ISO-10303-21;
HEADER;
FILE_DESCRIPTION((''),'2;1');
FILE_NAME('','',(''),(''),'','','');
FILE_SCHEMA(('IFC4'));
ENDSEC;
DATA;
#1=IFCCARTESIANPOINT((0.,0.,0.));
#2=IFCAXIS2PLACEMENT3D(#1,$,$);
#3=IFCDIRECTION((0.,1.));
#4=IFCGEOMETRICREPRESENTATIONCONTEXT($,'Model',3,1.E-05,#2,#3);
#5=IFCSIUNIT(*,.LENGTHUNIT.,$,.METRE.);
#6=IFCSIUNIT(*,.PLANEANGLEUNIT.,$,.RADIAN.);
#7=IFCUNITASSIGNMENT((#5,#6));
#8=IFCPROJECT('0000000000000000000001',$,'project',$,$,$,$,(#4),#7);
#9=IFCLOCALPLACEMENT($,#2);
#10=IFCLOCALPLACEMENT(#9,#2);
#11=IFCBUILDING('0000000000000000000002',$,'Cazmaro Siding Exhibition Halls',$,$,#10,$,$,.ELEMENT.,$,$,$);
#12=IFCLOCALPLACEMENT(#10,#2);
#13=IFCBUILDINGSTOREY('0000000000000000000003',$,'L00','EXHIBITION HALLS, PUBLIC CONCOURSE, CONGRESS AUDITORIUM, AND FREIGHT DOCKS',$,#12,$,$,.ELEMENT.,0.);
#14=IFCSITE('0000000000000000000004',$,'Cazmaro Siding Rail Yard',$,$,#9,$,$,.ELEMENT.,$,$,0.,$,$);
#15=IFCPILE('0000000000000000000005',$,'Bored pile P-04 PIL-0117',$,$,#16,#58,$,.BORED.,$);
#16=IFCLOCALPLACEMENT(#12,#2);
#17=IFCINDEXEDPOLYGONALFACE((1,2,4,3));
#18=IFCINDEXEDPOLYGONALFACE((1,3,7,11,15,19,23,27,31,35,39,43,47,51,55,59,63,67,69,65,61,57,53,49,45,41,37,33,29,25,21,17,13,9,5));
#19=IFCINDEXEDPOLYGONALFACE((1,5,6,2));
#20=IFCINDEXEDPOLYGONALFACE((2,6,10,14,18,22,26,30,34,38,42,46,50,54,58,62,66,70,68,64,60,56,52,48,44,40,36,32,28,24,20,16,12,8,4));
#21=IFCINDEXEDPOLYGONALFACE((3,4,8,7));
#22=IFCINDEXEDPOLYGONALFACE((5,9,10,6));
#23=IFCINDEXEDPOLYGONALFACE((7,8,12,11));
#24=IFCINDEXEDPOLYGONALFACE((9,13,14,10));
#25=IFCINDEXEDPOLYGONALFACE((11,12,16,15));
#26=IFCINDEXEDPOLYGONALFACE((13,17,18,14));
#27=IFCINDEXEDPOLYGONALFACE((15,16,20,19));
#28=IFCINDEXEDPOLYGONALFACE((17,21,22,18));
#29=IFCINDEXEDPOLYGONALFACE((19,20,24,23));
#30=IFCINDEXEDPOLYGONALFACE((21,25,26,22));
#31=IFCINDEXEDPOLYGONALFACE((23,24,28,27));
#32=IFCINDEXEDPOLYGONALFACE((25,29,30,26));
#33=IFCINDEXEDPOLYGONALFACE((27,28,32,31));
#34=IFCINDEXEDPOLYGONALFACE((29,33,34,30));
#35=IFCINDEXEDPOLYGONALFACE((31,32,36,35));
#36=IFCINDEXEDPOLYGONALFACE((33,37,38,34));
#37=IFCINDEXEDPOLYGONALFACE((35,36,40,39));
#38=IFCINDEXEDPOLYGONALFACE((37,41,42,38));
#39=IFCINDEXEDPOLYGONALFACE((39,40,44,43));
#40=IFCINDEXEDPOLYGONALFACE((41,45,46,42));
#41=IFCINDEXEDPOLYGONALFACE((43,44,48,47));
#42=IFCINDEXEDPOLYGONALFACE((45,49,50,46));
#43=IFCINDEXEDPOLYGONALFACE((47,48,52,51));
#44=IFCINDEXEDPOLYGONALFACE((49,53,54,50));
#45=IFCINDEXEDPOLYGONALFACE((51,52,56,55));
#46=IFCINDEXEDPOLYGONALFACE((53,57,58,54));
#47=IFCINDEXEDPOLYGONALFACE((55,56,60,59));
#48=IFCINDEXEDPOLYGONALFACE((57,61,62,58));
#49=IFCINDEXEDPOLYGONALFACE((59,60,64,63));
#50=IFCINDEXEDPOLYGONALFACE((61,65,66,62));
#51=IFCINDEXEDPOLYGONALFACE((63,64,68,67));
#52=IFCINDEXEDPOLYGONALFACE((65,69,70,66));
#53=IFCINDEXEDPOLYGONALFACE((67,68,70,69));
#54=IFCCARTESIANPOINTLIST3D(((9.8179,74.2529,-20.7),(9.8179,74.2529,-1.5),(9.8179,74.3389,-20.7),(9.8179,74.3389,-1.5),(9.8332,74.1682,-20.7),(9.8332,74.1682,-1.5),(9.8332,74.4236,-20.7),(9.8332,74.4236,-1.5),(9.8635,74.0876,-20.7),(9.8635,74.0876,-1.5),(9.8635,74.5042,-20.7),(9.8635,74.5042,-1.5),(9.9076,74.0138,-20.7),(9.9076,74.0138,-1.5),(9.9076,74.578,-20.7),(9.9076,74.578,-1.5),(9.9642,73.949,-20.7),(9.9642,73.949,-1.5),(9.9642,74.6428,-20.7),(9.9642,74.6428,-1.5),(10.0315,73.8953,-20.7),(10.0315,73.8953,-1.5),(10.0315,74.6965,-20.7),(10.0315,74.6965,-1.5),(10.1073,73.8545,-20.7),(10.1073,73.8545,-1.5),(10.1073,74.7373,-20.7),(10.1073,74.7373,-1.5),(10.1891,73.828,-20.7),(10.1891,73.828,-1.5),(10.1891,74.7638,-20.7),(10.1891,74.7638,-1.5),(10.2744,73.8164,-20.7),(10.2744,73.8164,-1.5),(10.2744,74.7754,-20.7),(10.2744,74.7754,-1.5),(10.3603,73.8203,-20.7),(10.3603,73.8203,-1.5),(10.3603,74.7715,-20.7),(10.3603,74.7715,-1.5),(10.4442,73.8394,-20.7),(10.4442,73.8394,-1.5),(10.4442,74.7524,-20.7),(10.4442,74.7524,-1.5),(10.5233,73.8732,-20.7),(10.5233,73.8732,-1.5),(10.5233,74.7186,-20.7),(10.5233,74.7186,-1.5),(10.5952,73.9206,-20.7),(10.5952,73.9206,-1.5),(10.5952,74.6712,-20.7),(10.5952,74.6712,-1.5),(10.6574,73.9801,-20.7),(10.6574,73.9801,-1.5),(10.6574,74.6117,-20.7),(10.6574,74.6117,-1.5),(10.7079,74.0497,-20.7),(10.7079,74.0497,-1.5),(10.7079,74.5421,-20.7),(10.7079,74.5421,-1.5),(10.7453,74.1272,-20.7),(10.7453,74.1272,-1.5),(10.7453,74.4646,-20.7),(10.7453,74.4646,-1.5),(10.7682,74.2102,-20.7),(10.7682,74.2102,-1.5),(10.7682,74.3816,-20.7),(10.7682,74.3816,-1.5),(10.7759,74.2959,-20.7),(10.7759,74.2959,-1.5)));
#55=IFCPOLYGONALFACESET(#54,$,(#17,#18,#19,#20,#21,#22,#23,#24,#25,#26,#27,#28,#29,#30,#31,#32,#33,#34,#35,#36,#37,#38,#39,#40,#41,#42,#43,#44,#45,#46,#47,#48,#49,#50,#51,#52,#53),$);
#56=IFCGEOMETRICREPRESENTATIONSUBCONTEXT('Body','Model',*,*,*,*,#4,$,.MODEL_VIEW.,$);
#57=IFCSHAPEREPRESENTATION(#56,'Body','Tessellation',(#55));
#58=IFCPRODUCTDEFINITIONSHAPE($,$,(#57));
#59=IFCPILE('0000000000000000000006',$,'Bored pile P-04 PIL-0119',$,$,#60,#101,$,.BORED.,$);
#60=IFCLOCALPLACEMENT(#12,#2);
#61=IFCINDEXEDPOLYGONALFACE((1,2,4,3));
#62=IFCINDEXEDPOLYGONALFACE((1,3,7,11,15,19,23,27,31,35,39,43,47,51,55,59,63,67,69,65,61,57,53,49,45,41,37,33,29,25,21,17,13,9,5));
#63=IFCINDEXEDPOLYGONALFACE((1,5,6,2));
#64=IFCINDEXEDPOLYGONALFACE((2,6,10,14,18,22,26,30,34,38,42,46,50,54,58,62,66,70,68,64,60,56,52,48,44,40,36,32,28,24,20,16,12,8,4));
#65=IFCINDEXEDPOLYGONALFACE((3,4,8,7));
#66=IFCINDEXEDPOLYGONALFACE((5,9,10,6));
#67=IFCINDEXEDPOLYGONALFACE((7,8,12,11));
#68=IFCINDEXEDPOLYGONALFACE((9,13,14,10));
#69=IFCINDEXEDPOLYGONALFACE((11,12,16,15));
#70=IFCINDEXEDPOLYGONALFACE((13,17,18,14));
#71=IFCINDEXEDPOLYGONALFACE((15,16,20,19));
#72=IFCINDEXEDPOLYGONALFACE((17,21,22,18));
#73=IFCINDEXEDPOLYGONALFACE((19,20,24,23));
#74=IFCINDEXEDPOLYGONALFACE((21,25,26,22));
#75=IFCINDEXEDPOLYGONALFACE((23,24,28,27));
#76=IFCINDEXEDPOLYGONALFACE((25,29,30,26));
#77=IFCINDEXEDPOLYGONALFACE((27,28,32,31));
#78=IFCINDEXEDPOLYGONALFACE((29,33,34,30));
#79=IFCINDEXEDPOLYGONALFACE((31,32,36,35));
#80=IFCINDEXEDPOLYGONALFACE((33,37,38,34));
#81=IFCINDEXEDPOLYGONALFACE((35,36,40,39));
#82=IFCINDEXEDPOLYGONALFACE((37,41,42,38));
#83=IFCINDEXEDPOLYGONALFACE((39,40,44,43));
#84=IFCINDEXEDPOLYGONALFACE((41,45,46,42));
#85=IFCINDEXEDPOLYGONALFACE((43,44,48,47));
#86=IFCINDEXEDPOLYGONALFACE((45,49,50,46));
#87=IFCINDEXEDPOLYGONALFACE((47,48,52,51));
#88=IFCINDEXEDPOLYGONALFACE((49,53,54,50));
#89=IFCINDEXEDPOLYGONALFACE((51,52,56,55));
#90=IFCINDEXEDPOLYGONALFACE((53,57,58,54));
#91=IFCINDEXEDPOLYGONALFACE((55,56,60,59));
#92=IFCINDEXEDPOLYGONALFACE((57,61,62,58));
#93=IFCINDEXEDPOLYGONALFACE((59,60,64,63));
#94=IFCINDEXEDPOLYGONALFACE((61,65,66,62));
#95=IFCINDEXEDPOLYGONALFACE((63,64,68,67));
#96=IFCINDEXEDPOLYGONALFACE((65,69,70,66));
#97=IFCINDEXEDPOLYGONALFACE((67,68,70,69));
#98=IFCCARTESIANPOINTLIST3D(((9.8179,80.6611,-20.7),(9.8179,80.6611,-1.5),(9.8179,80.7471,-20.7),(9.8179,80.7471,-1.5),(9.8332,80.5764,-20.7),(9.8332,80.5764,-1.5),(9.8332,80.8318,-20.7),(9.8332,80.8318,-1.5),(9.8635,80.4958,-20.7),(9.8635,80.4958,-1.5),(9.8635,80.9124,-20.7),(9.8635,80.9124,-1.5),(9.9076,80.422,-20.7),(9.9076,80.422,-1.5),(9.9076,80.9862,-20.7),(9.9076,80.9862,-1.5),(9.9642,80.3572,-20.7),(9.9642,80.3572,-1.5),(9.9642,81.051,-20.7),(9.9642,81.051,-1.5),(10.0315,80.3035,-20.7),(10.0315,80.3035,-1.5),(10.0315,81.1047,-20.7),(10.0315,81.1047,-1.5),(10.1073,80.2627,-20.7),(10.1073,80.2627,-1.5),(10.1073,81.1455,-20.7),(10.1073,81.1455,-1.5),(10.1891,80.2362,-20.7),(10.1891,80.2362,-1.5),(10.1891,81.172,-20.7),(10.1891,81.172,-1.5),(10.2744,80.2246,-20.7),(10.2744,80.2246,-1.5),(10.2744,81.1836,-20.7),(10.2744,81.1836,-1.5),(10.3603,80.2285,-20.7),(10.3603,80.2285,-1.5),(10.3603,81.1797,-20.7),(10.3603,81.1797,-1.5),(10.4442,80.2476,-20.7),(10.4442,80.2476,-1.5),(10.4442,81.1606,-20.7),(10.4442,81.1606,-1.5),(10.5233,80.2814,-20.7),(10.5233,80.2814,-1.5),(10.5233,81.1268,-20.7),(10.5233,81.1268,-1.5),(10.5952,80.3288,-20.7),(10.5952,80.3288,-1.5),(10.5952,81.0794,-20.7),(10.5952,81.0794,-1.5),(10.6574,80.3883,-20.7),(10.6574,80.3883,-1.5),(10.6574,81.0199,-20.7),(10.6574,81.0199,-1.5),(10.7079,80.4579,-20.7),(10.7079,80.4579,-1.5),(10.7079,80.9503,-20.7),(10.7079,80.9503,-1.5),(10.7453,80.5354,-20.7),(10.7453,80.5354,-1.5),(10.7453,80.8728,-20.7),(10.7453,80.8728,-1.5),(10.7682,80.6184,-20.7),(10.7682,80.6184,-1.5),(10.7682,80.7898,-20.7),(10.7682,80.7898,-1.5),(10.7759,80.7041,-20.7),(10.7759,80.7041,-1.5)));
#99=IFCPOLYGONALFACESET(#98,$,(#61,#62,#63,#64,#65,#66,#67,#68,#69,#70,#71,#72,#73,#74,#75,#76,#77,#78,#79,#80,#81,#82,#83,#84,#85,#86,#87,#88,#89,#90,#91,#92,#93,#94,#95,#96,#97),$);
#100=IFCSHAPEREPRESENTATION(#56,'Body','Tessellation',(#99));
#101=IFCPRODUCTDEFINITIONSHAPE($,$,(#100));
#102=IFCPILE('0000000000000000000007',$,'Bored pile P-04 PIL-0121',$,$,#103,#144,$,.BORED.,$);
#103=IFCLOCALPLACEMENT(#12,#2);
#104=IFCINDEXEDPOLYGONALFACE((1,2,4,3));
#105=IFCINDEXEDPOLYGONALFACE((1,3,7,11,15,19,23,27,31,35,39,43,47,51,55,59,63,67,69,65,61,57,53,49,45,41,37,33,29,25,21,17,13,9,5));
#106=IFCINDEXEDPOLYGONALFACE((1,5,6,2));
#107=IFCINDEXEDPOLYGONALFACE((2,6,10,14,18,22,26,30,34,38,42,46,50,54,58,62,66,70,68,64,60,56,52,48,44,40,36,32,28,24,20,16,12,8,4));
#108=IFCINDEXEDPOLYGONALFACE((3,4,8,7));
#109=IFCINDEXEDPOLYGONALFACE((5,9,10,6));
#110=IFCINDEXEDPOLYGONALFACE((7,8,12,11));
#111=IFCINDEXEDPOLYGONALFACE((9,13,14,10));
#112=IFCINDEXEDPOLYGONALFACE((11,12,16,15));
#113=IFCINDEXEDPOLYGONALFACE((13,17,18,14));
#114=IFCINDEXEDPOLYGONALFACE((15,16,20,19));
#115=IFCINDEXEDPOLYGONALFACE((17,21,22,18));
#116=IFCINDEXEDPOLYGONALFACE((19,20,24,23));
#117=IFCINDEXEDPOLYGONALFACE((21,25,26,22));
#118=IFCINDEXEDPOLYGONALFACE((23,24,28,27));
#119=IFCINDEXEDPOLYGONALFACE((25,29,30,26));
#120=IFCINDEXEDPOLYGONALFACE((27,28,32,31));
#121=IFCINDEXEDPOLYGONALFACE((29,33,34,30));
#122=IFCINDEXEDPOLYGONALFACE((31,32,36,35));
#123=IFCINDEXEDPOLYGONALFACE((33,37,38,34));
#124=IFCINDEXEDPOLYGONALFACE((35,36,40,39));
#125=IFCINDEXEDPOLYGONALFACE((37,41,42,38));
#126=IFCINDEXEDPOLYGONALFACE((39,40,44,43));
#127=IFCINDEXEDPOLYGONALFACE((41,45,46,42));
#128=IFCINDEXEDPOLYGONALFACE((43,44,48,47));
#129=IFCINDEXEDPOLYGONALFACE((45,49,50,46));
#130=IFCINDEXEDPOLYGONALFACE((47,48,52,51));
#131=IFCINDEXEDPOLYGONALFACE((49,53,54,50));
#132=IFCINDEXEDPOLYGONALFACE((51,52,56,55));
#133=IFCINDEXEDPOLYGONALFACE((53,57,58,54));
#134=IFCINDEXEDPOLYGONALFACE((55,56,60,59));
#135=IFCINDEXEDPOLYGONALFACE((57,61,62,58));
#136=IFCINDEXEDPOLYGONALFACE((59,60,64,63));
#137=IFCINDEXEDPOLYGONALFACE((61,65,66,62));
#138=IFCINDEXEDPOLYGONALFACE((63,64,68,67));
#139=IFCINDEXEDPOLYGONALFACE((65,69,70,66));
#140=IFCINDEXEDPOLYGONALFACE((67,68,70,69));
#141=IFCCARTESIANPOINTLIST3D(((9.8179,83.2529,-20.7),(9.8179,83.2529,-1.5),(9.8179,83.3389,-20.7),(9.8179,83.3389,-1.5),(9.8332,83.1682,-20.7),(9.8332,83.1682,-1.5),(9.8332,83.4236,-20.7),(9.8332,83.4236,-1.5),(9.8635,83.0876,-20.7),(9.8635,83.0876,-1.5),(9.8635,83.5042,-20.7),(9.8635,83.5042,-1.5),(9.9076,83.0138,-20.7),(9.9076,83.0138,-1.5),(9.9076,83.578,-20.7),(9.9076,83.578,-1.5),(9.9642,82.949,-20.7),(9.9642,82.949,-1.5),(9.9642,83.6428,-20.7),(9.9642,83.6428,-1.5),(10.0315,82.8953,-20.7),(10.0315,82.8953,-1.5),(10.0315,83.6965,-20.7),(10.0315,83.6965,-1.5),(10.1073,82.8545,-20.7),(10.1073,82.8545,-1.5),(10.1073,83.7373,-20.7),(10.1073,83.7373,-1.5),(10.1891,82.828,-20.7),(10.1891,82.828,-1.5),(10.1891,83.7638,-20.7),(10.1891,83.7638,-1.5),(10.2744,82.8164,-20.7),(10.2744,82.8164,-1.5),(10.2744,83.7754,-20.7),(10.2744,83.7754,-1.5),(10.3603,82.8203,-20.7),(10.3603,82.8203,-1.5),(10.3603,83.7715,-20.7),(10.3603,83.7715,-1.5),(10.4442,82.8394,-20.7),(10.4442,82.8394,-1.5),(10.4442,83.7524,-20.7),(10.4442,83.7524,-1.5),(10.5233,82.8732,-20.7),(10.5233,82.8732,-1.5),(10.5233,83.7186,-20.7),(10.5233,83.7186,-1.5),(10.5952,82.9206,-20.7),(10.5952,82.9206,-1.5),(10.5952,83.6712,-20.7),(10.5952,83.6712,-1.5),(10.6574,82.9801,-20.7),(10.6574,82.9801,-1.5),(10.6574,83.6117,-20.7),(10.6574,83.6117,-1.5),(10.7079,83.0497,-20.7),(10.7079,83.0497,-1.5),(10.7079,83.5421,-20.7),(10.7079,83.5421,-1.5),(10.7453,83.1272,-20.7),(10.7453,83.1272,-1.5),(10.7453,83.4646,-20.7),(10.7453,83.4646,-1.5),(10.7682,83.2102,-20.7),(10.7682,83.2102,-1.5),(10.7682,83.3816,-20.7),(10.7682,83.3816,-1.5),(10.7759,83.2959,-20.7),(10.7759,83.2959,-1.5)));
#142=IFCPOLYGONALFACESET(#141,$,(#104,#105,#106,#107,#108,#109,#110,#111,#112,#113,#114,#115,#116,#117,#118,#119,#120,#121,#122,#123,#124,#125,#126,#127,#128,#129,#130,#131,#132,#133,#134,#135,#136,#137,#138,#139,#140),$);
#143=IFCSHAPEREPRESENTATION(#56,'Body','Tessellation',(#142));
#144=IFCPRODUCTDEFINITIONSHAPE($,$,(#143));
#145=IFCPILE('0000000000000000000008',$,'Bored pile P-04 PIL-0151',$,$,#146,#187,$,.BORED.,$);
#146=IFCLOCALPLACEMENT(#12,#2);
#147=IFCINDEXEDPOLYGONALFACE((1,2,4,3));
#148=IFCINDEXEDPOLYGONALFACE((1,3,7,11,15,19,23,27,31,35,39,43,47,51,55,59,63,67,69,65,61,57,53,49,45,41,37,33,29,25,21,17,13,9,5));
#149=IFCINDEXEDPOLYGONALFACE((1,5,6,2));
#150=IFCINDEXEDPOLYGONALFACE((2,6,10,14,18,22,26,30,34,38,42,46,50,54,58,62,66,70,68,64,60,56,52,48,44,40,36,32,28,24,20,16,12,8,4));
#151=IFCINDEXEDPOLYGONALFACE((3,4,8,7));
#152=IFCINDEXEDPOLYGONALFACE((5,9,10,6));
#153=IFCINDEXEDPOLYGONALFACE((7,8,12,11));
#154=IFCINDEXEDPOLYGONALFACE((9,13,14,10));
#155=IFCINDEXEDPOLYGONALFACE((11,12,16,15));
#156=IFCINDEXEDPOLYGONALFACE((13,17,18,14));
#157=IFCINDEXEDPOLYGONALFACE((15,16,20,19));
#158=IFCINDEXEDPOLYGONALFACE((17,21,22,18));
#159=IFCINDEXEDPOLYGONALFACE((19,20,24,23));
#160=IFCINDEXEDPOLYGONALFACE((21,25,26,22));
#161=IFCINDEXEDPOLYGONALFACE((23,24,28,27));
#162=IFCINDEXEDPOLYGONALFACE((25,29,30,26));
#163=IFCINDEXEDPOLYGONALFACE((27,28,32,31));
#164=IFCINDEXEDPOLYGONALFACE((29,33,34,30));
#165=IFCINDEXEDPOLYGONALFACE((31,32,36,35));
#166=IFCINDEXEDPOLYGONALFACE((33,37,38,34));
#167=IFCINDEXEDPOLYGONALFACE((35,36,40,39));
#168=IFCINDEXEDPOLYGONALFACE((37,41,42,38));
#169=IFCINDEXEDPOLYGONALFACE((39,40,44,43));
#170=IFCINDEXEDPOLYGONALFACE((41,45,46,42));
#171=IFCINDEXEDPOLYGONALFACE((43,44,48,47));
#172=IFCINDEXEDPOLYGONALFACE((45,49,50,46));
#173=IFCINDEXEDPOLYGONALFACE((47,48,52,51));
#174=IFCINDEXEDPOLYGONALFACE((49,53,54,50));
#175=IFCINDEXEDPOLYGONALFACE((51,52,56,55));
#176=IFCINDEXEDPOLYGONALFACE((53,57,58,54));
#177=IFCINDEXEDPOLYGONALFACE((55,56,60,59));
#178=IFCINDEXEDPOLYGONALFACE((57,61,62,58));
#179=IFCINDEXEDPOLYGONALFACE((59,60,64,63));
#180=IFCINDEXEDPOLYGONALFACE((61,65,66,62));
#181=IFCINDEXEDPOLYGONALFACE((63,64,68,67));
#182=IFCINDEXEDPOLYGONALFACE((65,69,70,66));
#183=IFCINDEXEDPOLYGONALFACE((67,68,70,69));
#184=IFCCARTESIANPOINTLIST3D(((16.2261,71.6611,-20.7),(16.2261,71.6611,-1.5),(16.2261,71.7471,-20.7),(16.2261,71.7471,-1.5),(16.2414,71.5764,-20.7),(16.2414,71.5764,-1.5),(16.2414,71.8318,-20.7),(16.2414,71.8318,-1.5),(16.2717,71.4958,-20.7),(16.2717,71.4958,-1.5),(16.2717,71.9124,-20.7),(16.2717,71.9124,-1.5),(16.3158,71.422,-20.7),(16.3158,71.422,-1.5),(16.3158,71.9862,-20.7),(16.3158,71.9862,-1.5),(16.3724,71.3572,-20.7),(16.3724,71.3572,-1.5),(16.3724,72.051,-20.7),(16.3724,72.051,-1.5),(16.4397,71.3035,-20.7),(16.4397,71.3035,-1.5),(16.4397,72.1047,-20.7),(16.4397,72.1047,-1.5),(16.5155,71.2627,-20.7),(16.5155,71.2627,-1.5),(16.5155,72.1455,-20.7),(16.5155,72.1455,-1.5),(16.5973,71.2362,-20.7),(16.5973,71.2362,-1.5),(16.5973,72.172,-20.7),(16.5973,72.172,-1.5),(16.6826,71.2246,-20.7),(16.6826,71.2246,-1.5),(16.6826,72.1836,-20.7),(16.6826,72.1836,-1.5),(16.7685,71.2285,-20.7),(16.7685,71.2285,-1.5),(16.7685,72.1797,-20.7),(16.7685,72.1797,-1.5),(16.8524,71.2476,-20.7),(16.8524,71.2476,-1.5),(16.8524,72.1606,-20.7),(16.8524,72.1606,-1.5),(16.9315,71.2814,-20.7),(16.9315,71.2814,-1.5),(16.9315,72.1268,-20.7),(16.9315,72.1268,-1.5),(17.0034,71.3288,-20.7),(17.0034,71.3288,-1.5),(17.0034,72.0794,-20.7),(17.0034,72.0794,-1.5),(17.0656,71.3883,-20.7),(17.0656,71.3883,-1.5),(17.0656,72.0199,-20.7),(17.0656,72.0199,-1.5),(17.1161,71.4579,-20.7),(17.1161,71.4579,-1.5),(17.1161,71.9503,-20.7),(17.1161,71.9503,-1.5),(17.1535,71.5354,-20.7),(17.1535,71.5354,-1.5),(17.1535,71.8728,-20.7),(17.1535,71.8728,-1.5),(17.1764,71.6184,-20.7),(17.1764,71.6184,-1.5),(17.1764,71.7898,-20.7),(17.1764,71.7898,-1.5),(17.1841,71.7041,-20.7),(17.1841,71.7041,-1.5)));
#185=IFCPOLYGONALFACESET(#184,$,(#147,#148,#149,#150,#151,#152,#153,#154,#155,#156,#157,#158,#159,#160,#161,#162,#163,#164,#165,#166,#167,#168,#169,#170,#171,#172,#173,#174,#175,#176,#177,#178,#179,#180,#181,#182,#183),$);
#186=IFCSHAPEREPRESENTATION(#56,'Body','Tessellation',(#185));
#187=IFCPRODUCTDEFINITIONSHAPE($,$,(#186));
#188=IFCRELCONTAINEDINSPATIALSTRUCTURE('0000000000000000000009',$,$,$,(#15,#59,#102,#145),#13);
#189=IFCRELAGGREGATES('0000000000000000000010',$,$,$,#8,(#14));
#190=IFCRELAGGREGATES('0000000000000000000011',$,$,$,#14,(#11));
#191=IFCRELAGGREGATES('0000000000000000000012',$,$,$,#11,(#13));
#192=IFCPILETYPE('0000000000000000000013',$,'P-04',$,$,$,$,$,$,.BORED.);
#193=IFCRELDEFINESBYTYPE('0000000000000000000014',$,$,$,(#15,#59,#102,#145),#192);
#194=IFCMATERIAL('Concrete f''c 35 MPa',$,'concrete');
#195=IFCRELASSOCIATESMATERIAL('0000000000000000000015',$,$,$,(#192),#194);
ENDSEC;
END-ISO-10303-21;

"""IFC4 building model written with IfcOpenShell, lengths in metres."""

from ifc_helpers import new_model, si_unit, direction, frame, origin, origin_2d, place, context, subcontext, project, spatial, circle, extrude, material, material_profile, profile_set, type_object, element, save


model = new_model("IFC4")

# Units and contexts
model_context = context("Model", 3, precision=1e-05, world=origin(), true_north=direction((0.0, 1.0)))
body_context = subcontext(model_context, "Body", "Model", "MODEL_VIEW")
ifc_project = project(units=[si_unit("LENGTHUNIT", "METRE"), si_unit("PLANEANGLEUNIT", "RADIAN")], contexts=[model_context])

# Site, building, storey
site_placement = place(None, origin())
site = spatial("IfcSite", under=ifc_project, at=site_placement, Name="Cazmaro Siding Rail Yard", CompositionType="ELEMENT", RefElevation=0.0)
building_placement = place(site_placement, origin())
building = spatial("IfcBuilding", under=site, at=building_placement, Name="Cazmaro Siding Exhibition Halls", CompositionType="ELEMENT")
storey_placement = place(building_placement, origin())
storey = spatial("IfcBuildingStorey", under=building, at=storey_placement, Name="L00", Description="EXHIBITION HALLS, PUBLIC CONCOURSE, CONGRESS AUDITORIUM, AND FREIGHT DOCKS", CompositionType="ELEMENT", Elevation=0.0)

# Piles
ifc_material_1 = material(Name="Concrete f'c 35 MPa", Category="concrete")
ifc_material_profile_1 = material_profile(ifc_material_1, circle(Radius=0.48, at=origin_2d()), Name="CIDH-960")
ifc_profile_set_1 = profile_set([ifc_material_profile_1], Name="Concrete f'c 35 MPa")
pile_type = type_object("IfcPileType", Name="P-04", PredefinedType="BORED", material=ifc_profile_set_1)
for number, where, z_axis, x_axis, name in (
    (1, (10.2959, 74.2959, -1.5), (0.0, 0.0, -1.0), (1.0, 0.0, 0.0), "Bored pile P-04 PIL-0117"),
    (2, (10.2959, 80.7041, -1.5), (0.0, 0.0, -1.0), (1.0, 0.0, 0.0), "Bored pile P-04 PIL-0119"),
    (3, (10.2959, 83.2959, -1.5), (0.0, 0.0, -1.0), (1.0, 0.0, 0.0), "Bored pile P-04 PIL-0121"),
    (4, (16.7041, 71.7041, -1.5), (0.0, 0.0, -1.0), (1.0, 0.0, 0.0), "Bored pile P-04 PIL-0151"),
):
    element("IfcPile", number, at=place(storey_placement, frame(where, z_axis=z_axis, x_axis=x_axis)), inside=storey, type_object=pile_type, Name=name, PredefinedType="BORED", context=body_context, shape_type="SweptSolid", body=[
        extrude(circle(Radius=0.48, at=origin_2d()), origin(), (0.0, 0.0, 1.0), 19.2),
    ])

save(model, "model.ifc")
